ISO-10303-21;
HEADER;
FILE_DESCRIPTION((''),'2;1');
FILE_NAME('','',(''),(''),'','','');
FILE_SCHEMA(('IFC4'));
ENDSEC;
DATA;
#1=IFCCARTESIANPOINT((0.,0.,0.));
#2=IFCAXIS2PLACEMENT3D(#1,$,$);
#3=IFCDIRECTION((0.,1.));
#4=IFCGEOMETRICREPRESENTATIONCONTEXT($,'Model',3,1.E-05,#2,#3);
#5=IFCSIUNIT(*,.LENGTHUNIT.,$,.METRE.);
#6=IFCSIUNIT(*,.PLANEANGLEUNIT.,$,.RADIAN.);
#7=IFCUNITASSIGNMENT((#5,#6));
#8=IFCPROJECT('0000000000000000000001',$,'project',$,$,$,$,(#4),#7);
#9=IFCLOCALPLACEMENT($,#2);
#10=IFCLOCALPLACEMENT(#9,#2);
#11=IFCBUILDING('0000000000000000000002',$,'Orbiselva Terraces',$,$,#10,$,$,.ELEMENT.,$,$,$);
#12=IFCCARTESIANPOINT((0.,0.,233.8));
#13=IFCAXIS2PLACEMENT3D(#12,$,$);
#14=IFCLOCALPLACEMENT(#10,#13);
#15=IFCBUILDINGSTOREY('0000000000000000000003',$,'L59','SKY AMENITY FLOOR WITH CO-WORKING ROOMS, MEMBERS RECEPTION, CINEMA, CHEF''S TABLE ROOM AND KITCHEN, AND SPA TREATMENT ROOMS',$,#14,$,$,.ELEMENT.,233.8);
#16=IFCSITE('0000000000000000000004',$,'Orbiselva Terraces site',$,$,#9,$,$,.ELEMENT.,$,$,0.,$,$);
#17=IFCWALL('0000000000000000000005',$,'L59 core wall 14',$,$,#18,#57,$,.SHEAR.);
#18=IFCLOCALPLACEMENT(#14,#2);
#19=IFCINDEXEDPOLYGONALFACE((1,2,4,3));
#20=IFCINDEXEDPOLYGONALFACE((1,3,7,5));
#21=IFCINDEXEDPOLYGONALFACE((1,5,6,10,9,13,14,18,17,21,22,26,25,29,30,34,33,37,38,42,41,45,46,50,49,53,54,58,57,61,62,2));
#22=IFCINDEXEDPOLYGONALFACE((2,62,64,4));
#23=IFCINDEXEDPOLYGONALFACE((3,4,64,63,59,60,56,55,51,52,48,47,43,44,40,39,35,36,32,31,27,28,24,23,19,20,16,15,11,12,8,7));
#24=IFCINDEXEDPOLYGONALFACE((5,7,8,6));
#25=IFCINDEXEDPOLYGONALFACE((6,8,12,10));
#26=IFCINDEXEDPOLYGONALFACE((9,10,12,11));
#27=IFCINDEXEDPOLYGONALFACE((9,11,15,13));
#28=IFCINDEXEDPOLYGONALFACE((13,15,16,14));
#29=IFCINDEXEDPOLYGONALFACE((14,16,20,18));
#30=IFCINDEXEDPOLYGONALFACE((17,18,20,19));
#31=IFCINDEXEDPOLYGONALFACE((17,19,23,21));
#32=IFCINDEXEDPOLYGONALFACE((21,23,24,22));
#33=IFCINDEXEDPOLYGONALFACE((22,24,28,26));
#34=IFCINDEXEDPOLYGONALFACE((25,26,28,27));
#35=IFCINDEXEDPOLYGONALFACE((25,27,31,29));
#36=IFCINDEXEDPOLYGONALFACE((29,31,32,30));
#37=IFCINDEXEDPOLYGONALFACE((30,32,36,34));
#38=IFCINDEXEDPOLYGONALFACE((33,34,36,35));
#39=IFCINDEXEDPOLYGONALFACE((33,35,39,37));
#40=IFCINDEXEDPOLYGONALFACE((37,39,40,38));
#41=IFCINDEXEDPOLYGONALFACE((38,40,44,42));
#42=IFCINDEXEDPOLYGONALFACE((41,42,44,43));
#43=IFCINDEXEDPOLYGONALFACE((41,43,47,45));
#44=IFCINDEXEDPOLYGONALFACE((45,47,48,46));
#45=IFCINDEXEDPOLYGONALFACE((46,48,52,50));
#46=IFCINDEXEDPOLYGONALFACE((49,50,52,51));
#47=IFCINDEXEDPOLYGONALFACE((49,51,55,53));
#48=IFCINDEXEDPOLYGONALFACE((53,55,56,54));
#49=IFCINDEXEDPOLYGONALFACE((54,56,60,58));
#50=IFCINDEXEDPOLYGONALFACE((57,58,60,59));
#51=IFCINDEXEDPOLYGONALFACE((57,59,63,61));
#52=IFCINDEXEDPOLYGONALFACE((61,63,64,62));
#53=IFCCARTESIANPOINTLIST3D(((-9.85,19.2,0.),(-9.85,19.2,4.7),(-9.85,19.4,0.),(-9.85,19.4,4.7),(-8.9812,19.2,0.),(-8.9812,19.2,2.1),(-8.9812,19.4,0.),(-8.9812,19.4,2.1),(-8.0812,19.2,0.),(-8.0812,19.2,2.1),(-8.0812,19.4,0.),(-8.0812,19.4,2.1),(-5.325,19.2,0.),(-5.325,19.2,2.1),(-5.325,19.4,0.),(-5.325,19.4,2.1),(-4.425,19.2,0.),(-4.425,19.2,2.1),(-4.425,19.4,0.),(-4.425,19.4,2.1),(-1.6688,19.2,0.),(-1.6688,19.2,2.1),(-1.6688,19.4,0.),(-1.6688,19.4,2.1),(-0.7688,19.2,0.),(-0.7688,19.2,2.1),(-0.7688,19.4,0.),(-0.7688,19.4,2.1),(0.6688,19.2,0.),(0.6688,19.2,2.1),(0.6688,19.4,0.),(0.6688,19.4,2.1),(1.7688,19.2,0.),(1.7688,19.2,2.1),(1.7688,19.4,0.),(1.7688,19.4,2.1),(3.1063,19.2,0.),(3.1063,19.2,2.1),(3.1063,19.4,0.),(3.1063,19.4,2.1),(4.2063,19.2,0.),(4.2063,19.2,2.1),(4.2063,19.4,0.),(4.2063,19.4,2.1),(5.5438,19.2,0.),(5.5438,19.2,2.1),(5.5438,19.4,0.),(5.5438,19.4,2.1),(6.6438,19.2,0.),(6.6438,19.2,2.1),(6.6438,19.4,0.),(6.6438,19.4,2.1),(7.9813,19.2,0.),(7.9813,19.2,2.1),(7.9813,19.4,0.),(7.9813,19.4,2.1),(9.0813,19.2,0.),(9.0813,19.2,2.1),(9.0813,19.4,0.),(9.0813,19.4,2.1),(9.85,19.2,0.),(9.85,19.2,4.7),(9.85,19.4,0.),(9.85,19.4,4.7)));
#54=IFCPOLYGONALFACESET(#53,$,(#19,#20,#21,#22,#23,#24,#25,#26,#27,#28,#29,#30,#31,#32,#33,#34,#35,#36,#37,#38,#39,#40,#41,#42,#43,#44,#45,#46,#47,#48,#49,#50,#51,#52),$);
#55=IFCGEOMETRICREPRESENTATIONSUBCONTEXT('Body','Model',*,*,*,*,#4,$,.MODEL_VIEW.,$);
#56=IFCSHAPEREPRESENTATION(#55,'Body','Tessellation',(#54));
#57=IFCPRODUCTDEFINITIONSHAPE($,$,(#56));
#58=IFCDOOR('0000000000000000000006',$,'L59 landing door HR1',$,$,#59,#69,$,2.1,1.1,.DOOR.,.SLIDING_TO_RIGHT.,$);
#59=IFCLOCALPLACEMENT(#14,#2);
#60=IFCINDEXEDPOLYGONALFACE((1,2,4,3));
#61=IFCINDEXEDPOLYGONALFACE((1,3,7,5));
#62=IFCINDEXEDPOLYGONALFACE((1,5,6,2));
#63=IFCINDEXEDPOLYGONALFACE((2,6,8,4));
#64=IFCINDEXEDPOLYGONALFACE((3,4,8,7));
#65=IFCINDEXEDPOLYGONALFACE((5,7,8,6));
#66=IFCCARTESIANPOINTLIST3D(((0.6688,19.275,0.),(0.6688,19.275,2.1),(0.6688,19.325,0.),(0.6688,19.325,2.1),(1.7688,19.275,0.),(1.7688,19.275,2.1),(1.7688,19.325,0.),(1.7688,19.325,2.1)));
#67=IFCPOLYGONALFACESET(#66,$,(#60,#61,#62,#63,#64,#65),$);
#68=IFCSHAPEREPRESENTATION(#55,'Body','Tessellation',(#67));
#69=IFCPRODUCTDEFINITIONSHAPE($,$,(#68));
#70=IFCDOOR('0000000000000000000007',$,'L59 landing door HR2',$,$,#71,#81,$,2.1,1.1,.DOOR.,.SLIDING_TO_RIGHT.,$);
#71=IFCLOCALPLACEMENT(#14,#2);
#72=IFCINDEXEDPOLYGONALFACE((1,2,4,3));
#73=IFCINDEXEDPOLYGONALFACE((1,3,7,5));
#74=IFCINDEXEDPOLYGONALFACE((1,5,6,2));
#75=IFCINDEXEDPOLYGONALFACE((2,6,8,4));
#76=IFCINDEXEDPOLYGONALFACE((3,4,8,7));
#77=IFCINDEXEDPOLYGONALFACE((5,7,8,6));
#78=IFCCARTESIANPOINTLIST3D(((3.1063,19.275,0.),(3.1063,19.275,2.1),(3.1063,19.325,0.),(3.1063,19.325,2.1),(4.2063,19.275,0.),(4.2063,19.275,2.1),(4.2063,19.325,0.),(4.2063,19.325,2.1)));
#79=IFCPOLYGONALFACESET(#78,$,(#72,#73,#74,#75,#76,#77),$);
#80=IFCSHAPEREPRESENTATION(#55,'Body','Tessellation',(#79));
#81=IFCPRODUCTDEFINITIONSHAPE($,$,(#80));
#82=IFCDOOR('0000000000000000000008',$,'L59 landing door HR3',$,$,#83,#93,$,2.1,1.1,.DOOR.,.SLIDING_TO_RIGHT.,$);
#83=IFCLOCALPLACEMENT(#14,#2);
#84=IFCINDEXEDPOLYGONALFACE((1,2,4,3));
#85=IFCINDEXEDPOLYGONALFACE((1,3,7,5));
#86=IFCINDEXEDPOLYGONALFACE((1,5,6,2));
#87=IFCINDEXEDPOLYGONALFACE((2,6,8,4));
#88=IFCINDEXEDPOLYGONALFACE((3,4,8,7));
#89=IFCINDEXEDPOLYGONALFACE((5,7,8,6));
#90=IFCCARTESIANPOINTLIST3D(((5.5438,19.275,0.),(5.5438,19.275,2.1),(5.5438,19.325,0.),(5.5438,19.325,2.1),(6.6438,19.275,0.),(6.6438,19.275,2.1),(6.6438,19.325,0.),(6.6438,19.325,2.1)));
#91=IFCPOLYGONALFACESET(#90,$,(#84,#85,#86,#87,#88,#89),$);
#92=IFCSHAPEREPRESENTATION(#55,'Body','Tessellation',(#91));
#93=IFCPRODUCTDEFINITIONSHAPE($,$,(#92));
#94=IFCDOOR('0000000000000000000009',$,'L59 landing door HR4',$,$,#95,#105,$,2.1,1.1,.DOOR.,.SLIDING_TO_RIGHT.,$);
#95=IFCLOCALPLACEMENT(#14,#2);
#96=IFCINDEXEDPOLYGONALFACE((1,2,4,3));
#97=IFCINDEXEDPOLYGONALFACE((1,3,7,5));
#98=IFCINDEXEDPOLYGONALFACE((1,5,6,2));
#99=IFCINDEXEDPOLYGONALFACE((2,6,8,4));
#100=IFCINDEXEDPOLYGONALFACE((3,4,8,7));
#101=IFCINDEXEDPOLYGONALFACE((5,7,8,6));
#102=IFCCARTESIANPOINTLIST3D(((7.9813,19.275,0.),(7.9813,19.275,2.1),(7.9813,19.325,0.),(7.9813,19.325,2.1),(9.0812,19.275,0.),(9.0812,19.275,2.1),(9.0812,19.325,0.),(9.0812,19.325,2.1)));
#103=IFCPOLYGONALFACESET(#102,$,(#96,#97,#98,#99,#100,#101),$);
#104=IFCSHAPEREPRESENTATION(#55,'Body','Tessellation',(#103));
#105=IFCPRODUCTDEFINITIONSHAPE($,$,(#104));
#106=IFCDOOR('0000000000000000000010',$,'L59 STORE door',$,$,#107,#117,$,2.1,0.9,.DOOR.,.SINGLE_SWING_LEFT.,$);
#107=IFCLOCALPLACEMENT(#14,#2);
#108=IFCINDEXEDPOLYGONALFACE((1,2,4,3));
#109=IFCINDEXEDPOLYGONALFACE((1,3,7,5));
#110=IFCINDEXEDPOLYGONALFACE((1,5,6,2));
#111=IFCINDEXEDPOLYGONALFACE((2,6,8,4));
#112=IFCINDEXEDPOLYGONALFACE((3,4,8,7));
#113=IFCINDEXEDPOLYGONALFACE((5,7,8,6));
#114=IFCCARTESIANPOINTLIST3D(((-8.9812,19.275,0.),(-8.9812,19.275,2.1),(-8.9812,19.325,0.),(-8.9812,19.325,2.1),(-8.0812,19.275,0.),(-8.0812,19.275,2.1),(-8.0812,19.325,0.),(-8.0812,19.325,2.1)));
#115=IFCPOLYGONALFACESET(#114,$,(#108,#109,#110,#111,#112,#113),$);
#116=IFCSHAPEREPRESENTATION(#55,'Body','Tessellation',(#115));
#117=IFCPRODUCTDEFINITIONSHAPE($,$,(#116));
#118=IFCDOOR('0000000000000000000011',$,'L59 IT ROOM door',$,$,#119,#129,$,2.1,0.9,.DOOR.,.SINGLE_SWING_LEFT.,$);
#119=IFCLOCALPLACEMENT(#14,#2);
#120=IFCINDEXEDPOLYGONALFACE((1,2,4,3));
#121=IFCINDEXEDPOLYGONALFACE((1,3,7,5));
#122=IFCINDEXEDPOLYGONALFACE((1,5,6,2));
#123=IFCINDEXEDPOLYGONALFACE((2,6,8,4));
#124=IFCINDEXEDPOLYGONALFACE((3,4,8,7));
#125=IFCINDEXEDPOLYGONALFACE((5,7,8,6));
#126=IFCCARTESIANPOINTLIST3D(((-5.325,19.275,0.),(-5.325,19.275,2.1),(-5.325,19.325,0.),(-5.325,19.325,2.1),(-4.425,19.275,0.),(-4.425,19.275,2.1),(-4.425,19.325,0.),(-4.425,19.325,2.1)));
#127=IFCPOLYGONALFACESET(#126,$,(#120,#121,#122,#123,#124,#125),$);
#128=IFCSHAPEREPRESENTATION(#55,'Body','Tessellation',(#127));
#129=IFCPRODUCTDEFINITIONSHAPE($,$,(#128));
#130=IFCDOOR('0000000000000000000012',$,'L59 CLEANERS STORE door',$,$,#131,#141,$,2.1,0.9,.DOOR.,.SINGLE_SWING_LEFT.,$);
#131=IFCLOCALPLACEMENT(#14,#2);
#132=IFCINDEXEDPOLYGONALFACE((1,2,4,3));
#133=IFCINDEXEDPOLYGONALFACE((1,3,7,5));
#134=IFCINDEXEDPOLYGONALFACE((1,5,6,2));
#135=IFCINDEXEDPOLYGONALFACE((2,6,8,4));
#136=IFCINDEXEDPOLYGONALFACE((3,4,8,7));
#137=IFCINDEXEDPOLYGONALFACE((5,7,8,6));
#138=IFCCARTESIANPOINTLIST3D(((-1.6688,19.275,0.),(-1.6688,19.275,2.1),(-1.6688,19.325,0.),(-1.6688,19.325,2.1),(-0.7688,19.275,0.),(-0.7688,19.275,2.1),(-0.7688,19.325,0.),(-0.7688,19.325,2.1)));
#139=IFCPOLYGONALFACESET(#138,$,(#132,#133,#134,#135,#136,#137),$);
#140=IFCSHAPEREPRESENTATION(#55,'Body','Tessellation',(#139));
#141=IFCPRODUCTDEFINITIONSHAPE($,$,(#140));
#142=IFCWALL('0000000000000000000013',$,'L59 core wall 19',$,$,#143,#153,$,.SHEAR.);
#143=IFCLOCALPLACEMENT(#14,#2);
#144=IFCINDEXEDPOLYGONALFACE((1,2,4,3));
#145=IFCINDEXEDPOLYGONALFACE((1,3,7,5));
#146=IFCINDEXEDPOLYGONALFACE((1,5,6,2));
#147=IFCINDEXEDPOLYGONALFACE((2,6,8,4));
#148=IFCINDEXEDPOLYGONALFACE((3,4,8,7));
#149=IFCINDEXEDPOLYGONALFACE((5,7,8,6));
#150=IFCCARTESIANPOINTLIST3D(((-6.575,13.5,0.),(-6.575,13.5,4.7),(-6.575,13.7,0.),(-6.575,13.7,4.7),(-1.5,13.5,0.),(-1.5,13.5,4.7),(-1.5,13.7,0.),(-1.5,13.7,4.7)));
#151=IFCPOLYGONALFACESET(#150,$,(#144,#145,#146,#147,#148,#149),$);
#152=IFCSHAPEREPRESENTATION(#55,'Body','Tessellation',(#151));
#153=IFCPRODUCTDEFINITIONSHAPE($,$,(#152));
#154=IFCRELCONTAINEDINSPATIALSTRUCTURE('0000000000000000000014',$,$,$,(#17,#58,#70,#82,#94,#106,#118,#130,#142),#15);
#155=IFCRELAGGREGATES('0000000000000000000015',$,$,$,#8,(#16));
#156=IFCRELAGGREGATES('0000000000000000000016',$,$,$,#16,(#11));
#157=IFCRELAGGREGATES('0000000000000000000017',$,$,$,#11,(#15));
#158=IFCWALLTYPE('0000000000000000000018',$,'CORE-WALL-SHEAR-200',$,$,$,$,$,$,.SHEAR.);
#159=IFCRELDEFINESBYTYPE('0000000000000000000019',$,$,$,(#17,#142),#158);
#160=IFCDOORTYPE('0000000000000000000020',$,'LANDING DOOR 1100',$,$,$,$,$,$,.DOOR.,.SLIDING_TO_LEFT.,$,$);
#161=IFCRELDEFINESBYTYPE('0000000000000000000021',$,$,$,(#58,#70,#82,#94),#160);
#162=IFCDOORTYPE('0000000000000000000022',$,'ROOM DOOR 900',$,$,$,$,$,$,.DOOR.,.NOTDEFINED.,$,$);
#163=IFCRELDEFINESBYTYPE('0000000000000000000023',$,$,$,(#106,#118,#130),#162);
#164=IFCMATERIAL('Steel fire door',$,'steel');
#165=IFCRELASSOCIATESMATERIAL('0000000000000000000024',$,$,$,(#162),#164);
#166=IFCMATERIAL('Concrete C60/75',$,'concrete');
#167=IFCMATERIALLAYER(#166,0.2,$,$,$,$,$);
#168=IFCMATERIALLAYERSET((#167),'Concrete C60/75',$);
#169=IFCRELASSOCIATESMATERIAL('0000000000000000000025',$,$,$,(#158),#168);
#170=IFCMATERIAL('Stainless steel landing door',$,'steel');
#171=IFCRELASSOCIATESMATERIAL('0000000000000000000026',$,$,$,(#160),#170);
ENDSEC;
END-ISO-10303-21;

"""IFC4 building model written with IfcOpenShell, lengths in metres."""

from ifc_helpers import new_model, si_unit, direction, frame, frame_2d, origin, place, context, subcontext, project, spatial, rectangle, extrude, material, layer, layer_set, type_object, element, fill, save


model = new_model("IFC4")

# Units and contexts
model_context = context("Model", 3, precision=1e-05, world=origin(), true_north=direction((0.0, 1.0)))
body_context = subcontext(model_context, "Body", "Model", "MODEL_VIEW")
ifc_project = project(units=[si_unit("LENGTHUNIT", "METRE"), si_unit("PLANEANGLEUNIT", "RADIAN")], contexts=[model_context])

# Site, building, storey
site_placement = place(None, origin())
site = spatial("IfcSite", under=ifc_project, at=site_placement, Name="Orbiselva Terraces site", CompositionType="ELEMENT", RefElevation=0.0)
building_placement = place(site_placement, origin())
building = spatial("IfcBuilding", under=site, at=building_placement, Name="Orbiselva Terraces", CompositionType="ELEMENT")
storey_placement = place(building_placement, frame((0.0, 0.0, 233.8)))
storey = spatial("IfcBuildingStorey", under=building, at=storey_placement, Name="L59", Description="SKY AMENITY FLOOR WITH CO-WORKING ROOMS, MEMBERS RECEPTION, CINEMA, CHEF'S TABLE ROOM AND KITCHEN, AND SPA TREATMENT ROOMS", CompositionType="ELEMENT", Elevation=233.8)

# Shared definitions
ifc_material_1 = material(Name="Steel fire door", Category="steel")
door_type_1 = type_object("IfcDoorType", Name="ROOM DOOR 900", OperationType="NOTDEFINED", PredefinedType="DOOR", material=ifc_material_1)

# Shared definitions
ifc_material_2 = material(Name="Concrete C60/75", Category="concrete")
ifc_layer_1 = layer(ifc_material_2, 0.2)
ifc_layer_set_1 = layer_set([ifc_layer_1], Name="Concrete C60/75")
wall_type_1 = type_object("IfcWallType", Name="CORE-WALL-SHEAR-200", PredefinedType="SHEAR", material=ifc_layer_set_1)

# Wall, openings, doors
wall_1_placement = place(storey_placement, frame((-9.85, 19.3, 0.0), z_axis=(0.0, 0.0, 1.0), x_axis=(1.0, 0.0, 0.0)))
wall_1 = element("IfcWall", 1, at=wall_1_placement, inside=storey, type_object=wall_type_1, Name="L59 core wall 14", PredefinedType="SHEAR", context=body_context, shape_type="SweptSolid", body=[
    extrude(rectangle(XDim=19.7, YDim=0.2, at=frame_2d((9.85, 0.0))), origin(), (0.0, 0.0, 1.0), 4.7),
])
opening_1_placement = place(wall_1_placement, frame((10.5188, 0.0, 0.0)))
opening_1 = element("IfcOpeningElement", 2, at=opening_1_placement, cuts=wall_1, PredefinedType="OPENING", context=body_context, shape_type="SweptSolid", body=[
    extrude(rectangle(XDim=1.1, YDim=2.1, at=frame_2d((0.55, 1.05))), frame((0.0, 0.11, 0.0), z_axis=(0.0, -1.0, 0.0), x_axis=(1.0, 0.0, 0.0)), (0.0, 0.0, 1.0), 0.22),
])
opening_2_placement = place(wall_1_placement, frame((12.9563, 0.0, 0.0)))
opening_2 = element("IfcOpeningElement", 3, at=opening_2_placement, cuts=wall_1, PredefinedType="OPENING", context=body_context, shape_type="SweptSolid", body=[
    extrude(rectangle(XDim=1.1, YDim=2.1, at=frame_2d((0.55, 1.05))), frame((0.0, 0.11, 0.0), z_axis=(0.0, -1.0, 0.0), x_axis=(1.0, 0.0, 0.0)), (0.0, 0.0, 1.0), 0.22),
])
opening_3_placement = place(wall_1_placement, frame((15.3938, 0.0, 0.0)))
opening_3 = element("IfcOpeningElement", 4, at=opening_3_placement, cuts=wall_1, PredefinedType="OPENING", context=body_context, shape_type="SweptSolid", body=[
    extrude(rectangle(XDim=1.1, YDim=2.1, at=frame_2d((0.55, 1.05))), frame((0.0, 0.11, 0.0), z_axis=(0.0, -1.0, 0.0), x_axis=(1.0, 0.0, 0.0)), (0.0, 0.0, 1.0), 0.22),
])
opening_4_placement = place(wall_1_placement, frame((17.8313, 0.0, 0.0)))
opening_4 = element("IfcOpeningElement", 5, at=opening_4_placement, cuts=wall_1, PredefinedType="OPENING", context=body_context, shape_type="SweptSolid", body=[
    extrude(rectangle(XDim=1.1, YDim=2.1, at=frame_2d((0.55, 1.05))), frame((0.0, 0.11, 0.0), z_axis=(0.0, -1.0, 0.0), x_axis=(1.0, 0.0, 0.0)), (0.0, 0.0, 1.0), 0.22),
])
opening_5_placement = place(wall_1_placement, frame((0.8688, 0.0, 0.0)))
opening_5 = element("IfcOpeningElement", 6, at=opening_5_placement, cuts=wall_1, PredefinedType="OPENING", context=body_context, shape_type="SweptSolid", body=[
    extrude(rectangle(XDim=0.9, YDim=2.1, at=frame_2d((0.45, 1.05))), frame((0.0, 0.11, 0.0), z_axis=(0.0, -1.0, 0.0), x_axis=(1.0, 0.0, 0.0)), (0.0, 0.0, 1.0), 0.22),
])
opening_6_placement = place(wall_1_placement, frame((4.525, 0.0, 0.0)))
opening_6 = element("IfcOpeningElement", 7, at=opening_6_placement, cuts=wall_1, PredefinedType="OPENING", context=body_context, shape_type="SweptSolid", body=[
    extrude(rectangle(XDim=0.9, YDim=2.1, at=frame_2d((0.45, 1.05))), frame((0.0, 0.11, 0.0), z_axis=(0.0, -1.0, 0.0), x_axis=(1.0, 0.0, 0.0)), (0.0, 0.0, 1.0), 0.22),
])
opening_7_placement = place(wall_1_placement, frame((8.1812, 0.0, 0.0)))
opening_7 = element("IfcOpeningElement", 8, at=opening_7_placement, cuts=wall_1, PredefinedType="OPENING", context=body_context, shape_type="SweptSolid", body=[
    extrude(rectangle(XDim=0.9, YDim=2.1, at=frame_2d((0.45, 1.05))), frame((0.0, 0.11, 0.0), z_axis=(0.0, -1.0, 0.0), x_axis=(1.0, 0.0, 0.0)), (0.0, 0.0, 1.0), 0.22),
])
ifc_material_3 = material(Name="Stainless steel landing door", Category="steel")
door_type_2 = type_object("IfcDoorType", Name="LANDING DOOR 1100", OperationType="SLIDING_TO_LEFT", PredefinedType="DOOR", material=ifc_material_3)
door_1_placement = place(opening_1_placement, origin())
door_1 = element("IfcDoor", 9, at=door_1_placement, inside=storey, type_object=door_type_2, Name="L59 landing door HR1", OperationType="SLIDING_TO_RIGHT", OverallHeight=2.1, OverallWidth=1.1, PredefinedType="DOOR", context=body_context, shape_type="SweptSolid", body=[
    extrude(rectangle(XDim=1.1, YDim=2.1, at=frame_2d((0.55, 1.05))), frame((0.0, 0.025, 0.0), z_axis=(0.0, -1.0, 0.0), x_axis=(1.0, 0.0, 0.0)), (0.0, 0.0, 1.0), 0.05),
])
fill(opening_1, door_1)
door_2_placement = place(opening_2_placement, origin())
door_2 = element("IfcDoor", 10, at=door_2_placement, inside=storey, type_object=door_type_2, Name="L59 landing door HR2", OperationType="SLIDING_TO_RIGHT", OverallHeight=2.1, OverallWidth=1.1, PredefinedType="DOOR", context=body_context, shape_type="SweptSolid", body=[
    extrude(rectangle(XDim=1.1, YDim=2.1, at=frame_2d((0.55, 1.05))), frame((0.0, 0.025, 0.0), z_axis=(0.0, -1.0, 0.0), x_axis=(1.0, 0.0, 0.0)), (0.0, 0.0, 1.0), 0.05),
])
fill(opening_2, door_2)
door_3_placement = place(opening_3_placement, origin())
door_3 = element("IfcDoor", 11, at=door_3_placement, inside=storey, type_object=door_type_2, Name="L59 landing door HR3", OperationType="SLIDING_TO_RIGHT", OverallHeight=2.1, OverallWidth=1.1, PredefinedType="DOOR", context=body_context, shape_type="SweptSolid", body=[
    extrude(rectangle(XDim=1.1, YDim=2.1, at=frame_2d((0.55, 1.05))), frame((0.0, 0.025, 0.0), z_axis=(0.0, -1.0, 0.0), x_axis=(1.0, 0.0, 0.0)), (0.0, 0.0, 1.0), 0.05),
])
fill(opening_3, door_3)
door_4_placement = place(opening_4_placement, origin())
door_4 = element("IfcDoor", 12, at=door_4_placement, inside=storey, type_object=door_type_2, Name="L59 landing door HR4", OperationType="SLIDING_TO_RIGHT", OverallHeight=2.1, OverallWidth=1.1, PredefinedType="DOOR", context=body_context, shape_type="SweptSolid", body=[
    extrude(rectangle(XDim=1.1, YDim=2.1, at=frame_2d((0.55, 1.05))), frame((0.0, 0.025, 0.0), z_axis=(0.0, -1.0, 0.0), x_axis=(1.0, 0.0, 0.0)), (0.0, 0.0, 1.0), 0.05),
])
fill(opening_4, door_4)
door_5_placement = place(opening_5_placement, origin())
door_5 = element("IfcDoor", 13, at=door_5_placement, inside=storey, type_object=door_type_1, Name="L59 STORE door", OperationType="SINGLE_SWING_LEFT", OverallHeight=2.1, OverallWidth=0.9, PredefinedType="DOOR", context=body_context, shape_type="SweptSolid", body=[
    extrude(rectangle(XDim=0.9, YDim=2.1, at=frame_2d((0.45, 1.05))), frame((0.0, 0.025, 0.0), z_axis=(0.0, -1.0, 0.0), x_axis=(1.0, 0.0, 0.0)), (0.0, 0.0, 1.0), 0.05),
])
fill(opening_5, door_5)
door_6_placement = place(opening_6_placement, origin())
door_6 = element("IfcDoor", 14, at=door_6_placement, inside=storey, type_object=door_type_1, Name="L59 IT ROOM door", OperationType="SINGLE_SWING_LEFT", OverallHeight=2.1, OverallWidth=0.9, PredefinedType="DOOR", context=body_context, shape_type="SweptSolid", body=[
    extrude(rectangle(XDim=0.9, YDim=2.1, at=frame_2d((0.45, 1.05))), frame((0.0, 0.025, 0.0), z_axis=(0.0, -1.0, 0.0), x_axis=(1.0, 0.0, 0.0)), (0.0, 0.0, 1.0), 0.05),
])
fill(opening_6, door_6)
door_7_placement = place(opening_7_placement, origin())
door_7 = element("IfcDoor", 15, at=door_7_placement, inside=storey, type_object=door_type_1, Name="L59 CLEANERS STORE door", OperationType="SINGLE_SWING_LEFT", OverallHeight=2.1, OverallWidth=0.9, PredefinedType="DOOR", context=body_context, shape_type="SweptSolid", body=[
    extrude(rectangle(XDim=0.9, YDim=2.1, at=frame_2d((0.45, 1.05))), frame((0.0, 0.025, 0.0), z_axis=(0.0, -1.0, 0.0), x_axis=(1.0, 0.0, 0.0)), (0.0, 0.0, 1.0), 0.05),
])
fill(opening_7, door_7)

# Wall
wall_2_placement = place(storey_placement, frame((-6.575, 13.6, 0.0), z_axis=(0.0, 0.0, 1.0), x_axis=(1.0, 0.0, 0.0)))
element("IfcWall", 16, at=wall_2_placement, inside=storey, type_object=wall_type_1, Name="L59 core wall 19", PredefinedType="SHEAR", context=body_context, shape_type="SweptSolid", body=[
    extrude(rectangle(XDim=5.075, YDim=0.2, at=frame_2d((2.5375, 0.0))), origin(), (0.0, 0.0, 1.0), 4.7),
])

save(model, "model.ifc")
